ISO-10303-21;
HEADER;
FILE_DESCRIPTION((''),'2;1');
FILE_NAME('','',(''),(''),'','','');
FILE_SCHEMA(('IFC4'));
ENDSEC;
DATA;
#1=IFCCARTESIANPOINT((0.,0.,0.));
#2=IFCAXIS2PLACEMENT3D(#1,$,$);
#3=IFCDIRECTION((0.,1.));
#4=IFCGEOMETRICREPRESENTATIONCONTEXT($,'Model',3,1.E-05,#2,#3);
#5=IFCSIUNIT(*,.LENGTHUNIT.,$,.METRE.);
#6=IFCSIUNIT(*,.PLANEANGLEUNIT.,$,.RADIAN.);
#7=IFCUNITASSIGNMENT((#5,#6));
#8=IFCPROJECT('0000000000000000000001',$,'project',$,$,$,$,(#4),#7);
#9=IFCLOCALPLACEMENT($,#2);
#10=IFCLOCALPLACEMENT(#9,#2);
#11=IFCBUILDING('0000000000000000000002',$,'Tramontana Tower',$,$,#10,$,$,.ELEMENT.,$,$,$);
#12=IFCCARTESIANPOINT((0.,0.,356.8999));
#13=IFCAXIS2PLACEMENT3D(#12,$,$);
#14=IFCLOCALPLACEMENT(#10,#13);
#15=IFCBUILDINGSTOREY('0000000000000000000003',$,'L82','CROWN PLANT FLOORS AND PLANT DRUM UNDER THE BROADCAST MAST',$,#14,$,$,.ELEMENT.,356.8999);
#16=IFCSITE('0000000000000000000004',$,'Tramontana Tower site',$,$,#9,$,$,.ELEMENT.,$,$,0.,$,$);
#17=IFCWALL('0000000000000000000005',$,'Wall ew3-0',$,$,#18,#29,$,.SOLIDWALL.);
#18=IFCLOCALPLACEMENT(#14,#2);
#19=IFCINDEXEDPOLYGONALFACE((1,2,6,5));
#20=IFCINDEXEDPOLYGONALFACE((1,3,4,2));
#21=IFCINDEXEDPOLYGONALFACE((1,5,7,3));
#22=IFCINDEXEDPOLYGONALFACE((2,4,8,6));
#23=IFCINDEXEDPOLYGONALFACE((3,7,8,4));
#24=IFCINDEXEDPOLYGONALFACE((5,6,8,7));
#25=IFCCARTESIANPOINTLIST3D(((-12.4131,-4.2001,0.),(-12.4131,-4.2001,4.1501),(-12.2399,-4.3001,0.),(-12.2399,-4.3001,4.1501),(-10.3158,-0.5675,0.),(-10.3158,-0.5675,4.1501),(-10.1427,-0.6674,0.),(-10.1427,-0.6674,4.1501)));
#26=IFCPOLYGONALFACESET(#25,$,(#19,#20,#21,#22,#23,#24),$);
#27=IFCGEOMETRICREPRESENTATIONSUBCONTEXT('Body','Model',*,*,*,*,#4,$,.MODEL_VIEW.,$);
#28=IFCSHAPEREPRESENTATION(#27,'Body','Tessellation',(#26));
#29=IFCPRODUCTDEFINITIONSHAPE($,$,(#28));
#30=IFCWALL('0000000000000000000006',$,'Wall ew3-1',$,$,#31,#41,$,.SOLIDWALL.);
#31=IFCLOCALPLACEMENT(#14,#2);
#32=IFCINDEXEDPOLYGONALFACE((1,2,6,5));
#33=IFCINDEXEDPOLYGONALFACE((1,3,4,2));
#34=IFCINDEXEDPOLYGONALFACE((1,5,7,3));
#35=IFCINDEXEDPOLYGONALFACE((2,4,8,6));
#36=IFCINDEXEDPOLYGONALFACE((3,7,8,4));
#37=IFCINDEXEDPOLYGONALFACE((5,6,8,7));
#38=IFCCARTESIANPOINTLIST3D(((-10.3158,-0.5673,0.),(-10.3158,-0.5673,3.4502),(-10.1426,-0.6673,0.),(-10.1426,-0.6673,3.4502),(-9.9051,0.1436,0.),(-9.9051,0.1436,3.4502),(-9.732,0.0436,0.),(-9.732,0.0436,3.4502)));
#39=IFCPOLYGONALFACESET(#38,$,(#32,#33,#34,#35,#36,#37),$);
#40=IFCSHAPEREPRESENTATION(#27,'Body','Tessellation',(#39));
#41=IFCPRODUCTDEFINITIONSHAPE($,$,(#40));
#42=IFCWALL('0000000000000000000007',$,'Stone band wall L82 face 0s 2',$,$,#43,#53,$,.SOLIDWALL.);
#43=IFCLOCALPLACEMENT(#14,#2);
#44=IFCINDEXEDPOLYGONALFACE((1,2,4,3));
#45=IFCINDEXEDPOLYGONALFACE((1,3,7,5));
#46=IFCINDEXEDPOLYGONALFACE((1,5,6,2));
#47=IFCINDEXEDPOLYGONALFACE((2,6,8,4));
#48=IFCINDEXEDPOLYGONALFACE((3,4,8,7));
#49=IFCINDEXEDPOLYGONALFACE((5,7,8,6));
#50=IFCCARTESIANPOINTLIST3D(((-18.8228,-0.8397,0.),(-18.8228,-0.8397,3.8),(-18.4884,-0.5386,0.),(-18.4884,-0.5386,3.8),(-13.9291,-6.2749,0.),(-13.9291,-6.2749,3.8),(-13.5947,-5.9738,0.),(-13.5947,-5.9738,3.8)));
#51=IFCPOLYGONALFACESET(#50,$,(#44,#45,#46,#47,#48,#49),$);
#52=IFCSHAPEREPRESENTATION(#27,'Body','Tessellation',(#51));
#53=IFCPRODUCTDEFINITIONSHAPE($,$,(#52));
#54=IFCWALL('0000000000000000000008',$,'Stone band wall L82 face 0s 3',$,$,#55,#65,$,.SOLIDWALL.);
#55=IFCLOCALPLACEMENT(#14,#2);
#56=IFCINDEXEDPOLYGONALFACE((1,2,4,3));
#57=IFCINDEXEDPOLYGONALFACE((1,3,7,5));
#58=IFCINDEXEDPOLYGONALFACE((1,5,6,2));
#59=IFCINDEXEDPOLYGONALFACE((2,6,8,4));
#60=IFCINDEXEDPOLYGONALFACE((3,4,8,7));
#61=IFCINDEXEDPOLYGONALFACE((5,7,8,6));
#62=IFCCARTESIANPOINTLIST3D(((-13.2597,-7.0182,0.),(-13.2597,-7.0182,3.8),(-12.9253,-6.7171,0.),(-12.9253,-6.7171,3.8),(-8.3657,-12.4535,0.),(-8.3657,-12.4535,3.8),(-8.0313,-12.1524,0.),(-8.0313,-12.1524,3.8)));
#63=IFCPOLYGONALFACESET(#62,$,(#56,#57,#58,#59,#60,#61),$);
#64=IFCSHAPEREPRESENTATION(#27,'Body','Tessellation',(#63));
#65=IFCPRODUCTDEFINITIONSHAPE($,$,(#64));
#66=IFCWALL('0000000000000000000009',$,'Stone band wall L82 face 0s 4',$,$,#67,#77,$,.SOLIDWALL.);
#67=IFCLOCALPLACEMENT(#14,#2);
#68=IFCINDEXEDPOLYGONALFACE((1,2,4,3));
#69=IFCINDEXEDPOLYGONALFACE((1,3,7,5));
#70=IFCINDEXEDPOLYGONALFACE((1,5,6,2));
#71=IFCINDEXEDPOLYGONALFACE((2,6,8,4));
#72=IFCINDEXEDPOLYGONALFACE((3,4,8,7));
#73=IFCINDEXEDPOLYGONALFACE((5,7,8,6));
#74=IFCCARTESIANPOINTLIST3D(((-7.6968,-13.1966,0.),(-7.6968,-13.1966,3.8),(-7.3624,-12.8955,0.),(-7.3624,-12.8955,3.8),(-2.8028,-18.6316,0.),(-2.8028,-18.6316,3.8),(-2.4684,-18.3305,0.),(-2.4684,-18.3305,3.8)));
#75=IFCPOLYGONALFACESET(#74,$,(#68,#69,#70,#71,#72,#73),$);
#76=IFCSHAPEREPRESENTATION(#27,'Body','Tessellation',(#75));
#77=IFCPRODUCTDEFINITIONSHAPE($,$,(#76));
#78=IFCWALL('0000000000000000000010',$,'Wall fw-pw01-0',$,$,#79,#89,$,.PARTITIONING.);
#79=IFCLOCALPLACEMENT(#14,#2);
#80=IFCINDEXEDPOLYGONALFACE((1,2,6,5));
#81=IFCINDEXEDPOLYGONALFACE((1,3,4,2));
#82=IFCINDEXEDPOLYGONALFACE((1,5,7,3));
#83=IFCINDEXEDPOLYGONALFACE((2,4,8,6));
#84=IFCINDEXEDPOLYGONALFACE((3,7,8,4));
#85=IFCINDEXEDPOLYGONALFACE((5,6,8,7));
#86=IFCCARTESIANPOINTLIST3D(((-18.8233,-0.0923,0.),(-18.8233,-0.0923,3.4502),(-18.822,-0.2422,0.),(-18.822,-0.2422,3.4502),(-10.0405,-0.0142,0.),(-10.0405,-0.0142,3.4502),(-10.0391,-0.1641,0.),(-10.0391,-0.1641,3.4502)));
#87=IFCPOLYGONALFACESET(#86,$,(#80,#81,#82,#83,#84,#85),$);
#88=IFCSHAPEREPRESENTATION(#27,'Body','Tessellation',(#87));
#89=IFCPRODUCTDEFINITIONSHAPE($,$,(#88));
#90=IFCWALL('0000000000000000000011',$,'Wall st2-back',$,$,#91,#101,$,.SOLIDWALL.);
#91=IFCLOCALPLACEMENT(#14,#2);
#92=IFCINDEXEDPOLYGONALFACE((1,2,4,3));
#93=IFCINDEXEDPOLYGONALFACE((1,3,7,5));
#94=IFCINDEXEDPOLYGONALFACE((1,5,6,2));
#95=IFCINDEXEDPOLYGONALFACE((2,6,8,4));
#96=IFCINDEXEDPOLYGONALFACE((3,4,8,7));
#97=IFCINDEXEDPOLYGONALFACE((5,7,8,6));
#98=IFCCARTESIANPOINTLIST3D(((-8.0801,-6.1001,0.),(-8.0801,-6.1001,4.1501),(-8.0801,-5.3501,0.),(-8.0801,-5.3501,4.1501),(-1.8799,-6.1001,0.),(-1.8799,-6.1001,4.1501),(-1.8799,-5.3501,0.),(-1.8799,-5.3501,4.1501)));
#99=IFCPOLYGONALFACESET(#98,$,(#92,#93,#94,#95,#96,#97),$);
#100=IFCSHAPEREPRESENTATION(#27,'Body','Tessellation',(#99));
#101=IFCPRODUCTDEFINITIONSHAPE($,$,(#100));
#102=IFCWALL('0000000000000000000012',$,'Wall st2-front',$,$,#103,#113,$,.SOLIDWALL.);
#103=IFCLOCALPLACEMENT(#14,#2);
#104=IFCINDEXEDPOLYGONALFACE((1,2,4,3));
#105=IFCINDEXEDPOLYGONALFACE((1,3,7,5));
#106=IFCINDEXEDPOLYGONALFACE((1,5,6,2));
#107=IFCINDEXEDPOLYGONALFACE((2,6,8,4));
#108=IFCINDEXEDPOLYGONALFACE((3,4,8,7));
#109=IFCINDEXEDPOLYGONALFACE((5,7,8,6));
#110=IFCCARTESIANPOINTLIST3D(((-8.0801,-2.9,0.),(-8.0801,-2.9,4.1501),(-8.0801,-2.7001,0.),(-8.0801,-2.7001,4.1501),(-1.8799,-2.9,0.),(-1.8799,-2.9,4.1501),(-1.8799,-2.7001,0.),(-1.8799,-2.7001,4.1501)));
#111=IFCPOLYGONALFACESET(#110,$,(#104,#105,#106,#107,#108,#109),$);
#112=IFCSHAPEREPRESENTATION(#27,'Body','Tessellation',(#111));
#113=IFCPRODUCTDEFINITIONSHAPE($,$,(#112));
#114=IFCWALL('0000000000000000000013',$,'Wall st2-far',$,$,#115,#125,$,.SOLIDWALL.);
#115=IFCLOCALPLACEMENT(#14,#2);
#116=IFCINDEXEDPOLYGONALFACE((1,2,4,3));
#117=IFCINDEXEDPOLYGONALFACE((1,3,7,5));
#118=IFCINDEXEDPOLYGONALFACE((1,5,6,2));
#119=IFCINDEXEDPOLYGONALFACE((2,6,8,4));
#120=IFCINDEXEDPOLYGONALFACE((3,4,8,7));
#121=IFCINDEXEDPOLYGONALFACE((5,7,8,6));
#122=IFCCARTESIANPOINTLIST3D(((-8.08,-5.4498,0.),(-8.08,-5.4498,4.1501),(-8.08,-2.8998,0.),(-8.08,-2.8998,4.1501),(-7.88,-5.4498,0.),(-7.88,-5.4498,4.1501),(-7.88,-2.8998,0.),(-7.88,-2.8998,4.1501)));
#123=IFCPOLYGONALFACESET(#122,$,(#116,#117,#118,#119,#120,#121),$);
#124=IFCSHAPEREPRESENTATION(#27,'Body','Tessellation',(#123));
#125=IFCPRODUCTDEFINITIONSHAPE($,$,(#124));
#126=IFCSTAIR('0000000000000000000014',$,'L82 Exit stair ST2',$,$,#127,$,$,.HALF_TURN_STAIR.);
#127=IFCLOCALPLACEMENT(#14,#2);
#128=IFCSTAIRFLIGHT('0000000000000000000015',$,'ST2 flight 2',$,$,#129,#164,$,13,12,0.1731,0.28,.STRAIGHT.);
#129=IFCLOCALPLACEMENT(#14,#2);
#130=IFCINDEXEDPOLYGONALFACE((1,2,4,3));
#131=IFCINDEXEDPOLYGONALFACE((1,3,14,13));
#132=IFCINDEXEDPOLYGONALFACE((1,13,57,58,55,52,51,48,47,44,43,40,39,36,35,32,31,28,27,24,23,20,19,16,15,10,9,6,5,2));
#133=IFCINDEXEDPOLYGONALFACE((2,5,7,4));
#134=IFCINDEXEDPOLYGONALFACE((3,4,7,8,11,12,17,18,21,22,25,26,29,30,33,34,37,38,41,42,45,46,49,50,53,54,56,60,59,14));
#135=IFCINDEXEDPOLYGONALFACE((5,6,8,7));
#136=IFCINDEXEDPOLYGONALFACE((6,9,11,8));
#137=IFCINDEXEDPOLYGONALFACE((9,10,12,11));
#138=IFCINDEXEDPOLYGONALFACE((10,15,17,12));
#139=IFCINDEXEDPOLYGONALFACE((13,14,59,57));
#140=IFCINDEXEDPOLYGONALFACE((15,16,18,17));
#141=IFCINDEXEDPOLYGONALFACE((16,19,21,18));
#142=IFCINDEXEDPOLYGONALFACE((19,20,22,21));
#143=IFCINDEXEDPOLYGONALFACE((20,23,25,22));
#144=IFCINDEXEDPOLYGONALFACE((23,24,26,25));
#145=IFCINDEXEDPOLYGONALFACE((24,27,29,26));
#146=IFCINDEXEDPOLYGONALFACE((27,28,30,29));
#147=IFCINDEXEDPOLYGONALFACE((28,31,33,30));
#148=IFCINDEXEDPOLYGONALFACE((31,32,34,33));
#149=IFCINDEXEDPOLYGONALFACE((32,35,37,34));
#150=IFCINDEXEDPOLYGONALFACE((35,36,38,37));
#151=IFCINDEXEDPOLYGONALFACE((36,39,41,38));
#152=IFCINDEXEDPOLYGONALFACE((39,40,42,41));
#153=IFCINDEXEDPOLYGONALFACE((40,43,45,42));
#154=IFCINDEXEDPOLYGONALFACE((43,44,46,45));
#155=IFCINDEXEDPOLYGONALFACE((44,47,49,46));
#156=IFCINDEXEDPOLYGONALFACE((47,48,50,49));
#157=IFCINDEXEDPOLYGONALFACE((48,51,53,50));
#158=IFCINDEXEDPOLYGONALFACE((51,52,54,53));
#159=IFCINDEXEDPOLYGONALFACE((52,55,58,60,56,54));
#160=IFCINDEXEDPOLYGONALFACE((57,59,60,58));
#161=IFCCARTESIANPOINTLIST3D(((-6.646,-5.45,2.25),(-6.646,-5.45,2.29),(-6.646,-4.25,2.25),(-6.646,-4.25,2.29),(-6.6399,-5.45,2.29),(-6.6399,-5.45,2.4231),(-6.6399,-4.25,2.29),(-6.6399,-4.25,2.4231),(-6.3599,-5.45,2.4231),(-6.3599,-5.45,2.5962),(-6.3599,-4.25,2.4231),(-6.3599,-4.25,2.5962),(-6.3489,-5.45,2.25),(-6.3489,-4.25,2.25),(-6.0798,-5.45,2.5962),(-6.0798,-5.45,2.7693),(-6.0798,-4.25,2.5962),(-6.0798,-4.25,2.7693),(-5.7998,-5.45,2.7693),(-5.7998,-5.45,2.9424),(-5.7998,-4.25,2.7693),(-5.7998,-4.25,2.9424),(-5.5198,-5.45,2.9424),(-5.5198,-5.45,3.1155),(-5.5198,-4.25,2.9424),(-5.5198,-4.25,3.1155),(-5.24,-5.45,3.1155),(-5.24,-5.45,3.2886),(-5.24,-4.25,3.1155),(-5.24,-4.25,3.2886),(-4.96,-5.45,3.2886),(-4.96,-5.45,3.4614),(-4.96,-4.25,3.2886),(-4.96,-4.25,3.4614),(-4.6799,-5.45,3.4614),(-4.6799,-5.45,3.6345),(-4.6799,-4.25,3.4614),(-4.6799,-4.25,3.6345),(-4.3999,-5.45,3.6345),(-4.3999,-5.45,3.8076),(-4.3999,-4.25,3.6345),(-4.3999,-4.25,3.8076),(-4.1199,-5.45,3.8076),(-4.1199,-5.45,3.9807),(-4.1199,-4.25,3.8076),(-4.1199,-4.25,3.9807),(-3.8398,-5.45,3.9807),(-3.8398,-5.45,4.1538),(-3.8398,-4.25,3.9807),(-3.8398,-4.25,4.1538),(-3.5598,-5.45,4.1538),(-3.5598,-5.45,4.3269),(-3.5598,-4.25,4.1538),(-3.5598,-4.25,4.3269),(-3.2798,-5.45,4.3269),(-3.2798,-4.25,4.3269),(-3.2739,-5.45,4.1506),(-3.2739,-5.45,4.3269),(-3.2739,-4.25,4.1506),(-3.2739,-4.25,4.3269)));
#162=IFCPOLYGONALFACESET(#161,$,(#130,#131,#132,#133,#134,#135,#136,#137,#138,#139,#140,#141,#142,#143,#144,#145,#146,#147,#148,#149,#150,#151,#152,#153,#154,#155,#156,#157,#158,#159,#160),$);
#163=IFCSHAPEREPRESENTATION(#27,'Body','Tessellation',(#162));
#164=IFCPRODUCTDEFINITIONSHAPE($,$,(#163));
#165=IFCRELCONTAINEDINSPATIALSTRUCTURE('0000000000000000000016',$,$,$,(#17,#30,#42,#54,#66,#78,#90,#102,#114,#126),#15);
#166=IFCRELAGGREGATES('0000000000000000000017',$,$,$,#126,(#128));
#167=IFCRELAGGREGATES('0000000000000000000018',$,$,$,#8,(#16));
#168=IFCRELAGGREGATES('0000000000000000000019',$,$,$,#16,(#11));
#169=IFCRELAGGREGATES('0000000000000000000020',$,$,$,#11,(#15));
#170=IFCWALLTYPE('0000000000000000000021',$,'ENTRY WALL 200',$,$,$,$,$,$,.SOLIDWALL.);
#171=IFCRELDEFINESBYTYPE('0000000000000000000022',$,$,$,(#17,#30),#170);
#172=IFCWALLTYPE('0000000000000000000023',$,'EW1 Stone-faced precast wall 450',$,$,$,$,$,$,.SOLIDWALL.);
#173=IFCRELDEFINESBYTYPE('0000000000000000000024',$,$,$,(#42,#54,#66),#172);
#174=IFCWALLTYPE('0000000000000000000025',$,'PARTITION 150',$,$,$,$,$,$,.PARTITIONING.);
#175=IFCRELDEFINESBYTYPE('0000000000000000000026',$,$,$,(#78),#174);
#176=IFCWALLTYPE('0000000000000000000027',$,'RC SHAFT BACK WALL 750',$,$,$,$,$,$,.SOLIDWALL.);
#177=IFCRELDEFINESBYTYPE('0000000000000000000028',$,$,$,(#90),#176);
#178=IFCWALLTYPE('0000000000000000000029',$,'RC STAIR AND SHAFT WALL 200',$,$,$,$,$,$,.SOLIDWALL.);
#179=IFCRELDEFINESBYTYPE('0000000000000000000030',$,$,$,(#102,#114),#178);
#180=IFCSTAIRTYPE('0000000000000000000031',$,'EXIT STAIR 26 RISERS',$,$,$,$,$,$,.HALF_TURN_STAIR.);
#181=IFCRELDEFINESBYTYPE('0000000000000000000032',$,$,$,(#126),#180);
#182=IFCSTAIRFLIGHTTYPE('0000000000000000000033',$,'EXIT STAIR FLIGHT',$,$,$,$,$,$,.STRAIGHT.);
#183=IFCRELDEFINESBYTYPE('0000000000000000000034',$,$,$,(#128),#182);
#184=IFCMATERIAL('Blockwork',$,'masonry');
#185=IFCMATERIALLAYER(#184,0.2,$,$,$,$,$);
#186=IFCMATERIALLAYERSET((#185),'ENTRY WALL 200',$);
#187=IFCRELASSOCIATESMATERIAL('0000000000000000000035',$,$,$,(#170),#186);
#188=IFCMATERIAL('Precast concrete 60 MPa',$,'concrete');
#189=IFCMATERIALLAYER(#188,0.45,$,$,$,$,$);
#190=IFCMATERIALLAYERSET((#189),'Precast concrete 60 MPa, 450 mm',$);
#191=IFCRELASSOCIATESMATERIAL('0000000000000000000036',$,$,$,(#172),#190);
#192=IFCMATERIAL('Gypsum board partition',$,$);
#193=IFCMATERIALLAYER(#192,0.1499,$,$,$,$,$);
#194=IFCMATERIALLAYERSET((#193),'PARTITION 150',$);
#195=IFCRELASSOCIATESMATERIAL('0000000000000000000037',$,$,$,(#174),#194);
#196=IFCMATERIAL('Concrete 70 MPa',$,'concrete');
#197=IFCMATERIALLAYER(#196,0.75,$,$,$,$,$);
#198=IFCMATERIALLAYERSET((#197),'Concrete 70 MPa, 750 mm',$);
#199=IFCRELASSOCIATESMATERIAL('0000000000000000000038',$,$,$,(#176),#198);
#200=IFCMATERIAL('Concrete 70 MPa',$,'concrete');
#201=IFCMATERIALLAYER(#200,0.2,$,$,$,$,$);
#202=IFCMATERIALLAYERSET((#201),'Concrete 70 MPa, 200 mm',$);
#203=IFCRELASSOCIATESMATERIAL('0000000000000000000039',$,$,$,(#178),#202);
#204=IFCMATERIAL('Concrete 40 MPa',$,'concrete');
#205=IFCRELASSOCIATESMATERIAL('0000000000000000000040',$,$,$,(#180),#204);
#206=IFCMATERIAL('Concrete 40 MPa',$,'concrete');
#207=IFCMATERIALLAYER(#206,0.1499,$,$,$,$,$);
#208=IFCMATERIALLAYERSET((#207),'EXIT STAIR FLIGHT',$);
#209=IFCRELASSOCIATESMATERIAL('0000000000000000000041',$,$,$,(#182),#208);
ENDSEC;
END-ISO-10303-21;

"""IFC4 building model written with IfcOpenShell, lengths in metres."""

from ifc_helpers import new_model, si_unit, direction, frame, frame_2d, origin, place, context, subcontext, project, spatial, polyline, rectangle, outline, extrude, material, layer, layer_set, type_object, element, aggregate, save


model = new_model("IFC4")

# Units and contexts
model_context = context("Model", 3, precision=1e-05, world=origin(), true_north=direction((0.0, 1.0)))
body_context = subcontext(model_context, "Body", "Model", "MODEL_VIEW")
ifc_project = project(units=[si_unit("LENGTHUNIT", "METRE"), si_unit("PLANEANGLEUNIT", "RADIAN")], contexts=[model_context])

# Site, building, storey
site_placement = place(None, origin())
site = spatial("IfcSite", under=ifc_project, at=site_placement, Name="Tramontana Tower site", CompositionType="ELEMENT", RefElevation=0.0)
building_placement = place(site_placement, origin())
building = spatial("IfcBuilding", under=site, at=building_placement, Name="Tramontana Tower", CompositionType="ELEMENT")
storey_placement = place(building_placement, frame((0.0, 0.0, 356.8999)))
storey = spatial("IfcBuildingStorey", under=building, at=storey_placement, Name="L82", Description="CROWN PLANT FLOORS AND PLANT DRUM UNDER THE BROADCAST MAST", CompositionType="ELEMENT", Elevation=356.8999)

# Walls
ifc_material_1 = material(Name="Blockwork", Category="masonry")
ifc_layer_1 = layer(ifc_material_1, 0.2)
ifc_layer_set_1 = layer_set([ifc_layer_1], Name="ENTRY WALL 200")
wall_type_1 = type_object("IfcWallType", Name="ENTRY WALL 200", PredefinedType="SOLIDWALL", material=ifc_layer_set_1)
wall_1_placement = place(storey_placement, frame((-12.3264, -4.25, 0.0), z_axis=(0.0, 0.0, 1.0), x_axis=(0.499983, 0.866035, 0.0)))
element("IfcWall", 1, at=wall_1_placement, inside=storey, type_object=wall_type_1, Name="Wall ew3-0", PredefinedType="SOLIDWALL", context=body_context, shape_type="SweptSolid", body=[
    extrude(rectangle(XDim=4.1946, YDim=0.2, at=frame_2d((2.0972, 0.0))), origin(), (0.0, 0.0, 1.0), 4.1501),
])
wall_2_placement = place(storey_placement, frame((-10.2292, -0.6174, 0.0), z_axis=(0.0, 0.0, 1.0), x_axis=(0.500169, 0.865928, 0.0)))
element("IfcWall", 2, at=wall_2_placement, inside=storey, type_object=wall_type_1, Name="Wall ew3-1", PredefinedType="SOLIDWALL", context=body_context, shape_type="SweptSolid", body=[
    extrude(rectangle(XDim=0.821, YDim=0.2, at=frame_2d((0.4106, 0.0))), origin(), (0.0, 0.0, 1.0), 3.4502),
])
ifc_material_2 = material(Name="Precast concrete 60 MPa", Category="concrete")
ifc_layer_2 = layer(ifc_material_2, 0.45)
ifc_layer_set_2 = layer_set([ifc_layer_2], Name="Precast concrete 60 MPa, 450 mm")
wall_type_2 = type_object("IfcWallType", Name="EW1 Stone-faced precast wall 450", PredefinedType="SOLIDWALL", material=ifc_layer_set_2)
wall_3_placement = place(storey_placement, frame((-18.6555, -0.6892, 0.0), z_axis=(0.0, 0.0, 1.0), x_axis=(0.669118, -0.743156, 0.0)))
element("IfcWall", 3, at=wall_3_placement, inside=storey, type_object=wall_type_2, Name="Stone band wall L82 face 0s 2", PredefinedType="SOLIDWALL", context=body_context, shape_type="SweptSolid", body=[
    extrude(rectangle(XDim=7.3137, YDim=0.45, at=frame_2d((3.6567, 0.0))), origin(), (0.0, 0.0, 1.0), 3.8),
])
wall_4_placement = place(storey_placement, frame((-13.0925, -6.8677, 0.0), z_axis=(0.0, 0.0, 1.0), x_axis=(0.669136, -0.74314, 0.0)))
element("IfcWall", 4, at=wall_4_placement, inside=storey, type_object=wall_type_2, Name="Stone band wall L82 face 0s 3", PredefinedType="SOLIDWALL", context=body_context, shape_type="SweptSolid", body=[
    extrude(rectangle(XDim=7.314, YDim=0.45, at=frame_2d((3.657, 0.0))), origin(), (0.0, 0.0, 1.0), 3.8),
])
wall_5_placement = place(storey_placement, frame((-7.5295, -13.0461, 0.0), z_axis=(0.0, 0.0, 1.0), x_axis=(0.669153, -0.743125, 0.0)))
element("IfcWall", 5, at=wall_5_placement, inside=storey, type_object=wall_type_2, Name="Stone band wall L82 face 0s 4", PredefinedType="SOLIDWALL", context=body_context, shape_type="SweptSolid", body=[
    extrude(rectangle(XDim=7.3137, YDim=0.45, at=frame_2d((3.6567, 0.0))), origin(), (0.0, 0.0, 1.0), 3.8),
])
ifc_material_3 = material(Name="Gypsum board partition")
ifc_layer_3 = layer(ifc_material_3, 0.1499)
ifc_layer_set_3 = layer_set([ifc_layer_3], Name="PARTITION 150")
wall_type_3 = type_object("IfcWallType", Name="PARTITION 150", PredefinedType="PARTITIONING", material=ifc_layer_set_3)
wall_6_placement = place(storey_placement, frame((-10.0398, -0.0891, 0.0), z_axis=(0.0, 0.0, 1.0), x_axis=(-0.99996, -0.008895, 0.0)))
element("IfcWall", 6, at=wall_6_placement, inside=storey, type_object=wall_type_3, Name="Wall fw-pw01-0", PredefinedType="PARTITIONING", context=body_context, shape_type="SweptSolid", body=[
    extrude(rectangle(XDim=8.7832, YDim=0.1499, at=frame_2d((4.3916, 0.0))), origin(), (0.0, 0.0, 1.0), 3.4502),
])
ifc_material_4 = material(Name="Concrete 70 MPa", Category="concrete")
ifc_layer_4 = layer(ifc_material_4, 0.75)
ifc_layer_set_4 = layer_set([ifc_layer_4], Name="Concrete 70 MPa, 750 mm")
wall_type_4 = type_object("IfcWallType", Name="RC SHAFT BACK WALL 750", PredefinedType="SOLIDWALL", material=ifc_layer_set_4)
wall_7_placement = place(storey_placement, frame((-8.0801, -5.7251, 0.0), z_axis=(0.0, 0.0, 1.0), x_axis=(1.0, 0.0, 0.0)))
element("IfcWall", 7, at=wall_7_placement, inside=storey, type_object=wall_type_4, Name="Wall st2-back", PredefinedType="SOLIDWALL", context=body_context, shape_type="SweptSolid", body=[
    extrude(rectangle(XDim=6.2002, YDim=0.75, at=frame_2d((3.1001, 0.0))), origin(), (0.0, 0.0, 1.0), 4.1501),
])
ifc_material_5 = material(Name="Concrete 70 MPa", Category="concrete")
ifc_layer_5 = layer(ifc_material_5, 0.2)
ifc_layer_set_5 = layer_set([ifc_layer_5], Name="Concrete 70 MPa, 200 mm")
wall_type_5 = type_object("IfcWallType", Name="RC STAIR AND SHAFT WALL 200", PredefinedType="SOLIDWALL", material=ifc_layer_set_5)
wall_8_placement = place(storey_placement, frame((-8.0801, -2.8, 0.0), z_axis=(0.0, 0.0, 1.0), x_axis=(1.0, 0.0, 0.0)))
element("IfcWall", 8, at=wall_8_placement, inside=storey, type_object=wall_type_5, Name="Wall st2-front", PredefinedType="SOLIDWALL", context=body_context, shape_type="SweptSolid", body=[
    extrude(rectangle(XDim=6.2002, YDim=0.2, at=frame_2d((3.1001, 0.0))), origin(), (0.0, 0.0, 1.0), 4.1501),
])
wall_9_placement = place(storey_placement, frame((-7.98, -2.8999, 0.0), z_axis=(0.0, 0.0, 1.0), x_axis=(0.0, -1.0, 0.0)))
element("IfcWall", 9, at=wall_9_placement, inside=storey, type_object=wall_type_5, Name="Wall st2-far", PredefinedType="SOLIDWALL", context=body_context, shape_type="SweptSolid", body=[
    extrude(rectangle(XDim=2.55, YDim=0.2, at=frame_2d((1.2749, 0.0))), origin(), (0.0, 0.0, 1.0), 4.1501),
])

# Stair, stair flight
ifc_material_6 = material(Name="Concrete 40 MPa", Category="concrete")
stair_type = type_object("IfcStairType", Name="EXIT STAIR 26 RISERS", PredefinedType="HALF_TURN_STAIR", material=ifc_material_6)
stair_placement = place(storey_placement, origin())
stair = element("IfcStair", 10, at=stair_placement, inside=storey, type_object=stair_type, Name="L82 Exit stair ST2", PredefinedType="HALF_TURN_STAIR")
ifc_material_7 = material(Name="Concrete 40 MPa", Category="concrete")
ifc_layer_6 = layer(ifc_material_7, 0.1499)
ifc_layer_set_6 = layer_set([ifc_layer_6], Name="EXIT STAIR FLIGHT")
stair_flight_type = type_object("IfcStairFlightType", Name="EXIT STAIR FLIGHT", PredefinedType="STRAIGHT", material=ifc_layer_set_6)
stair_flight_placement = place(storey_placement, frame((-6.6399, -4.8501, 2.25), z_axis=(0.0, 0.0, 1.0), x_axis=(1.0, 0.0, 0.0)))
stair_flight = element("IfcStairFlight", 11, at=stair_flight_placement, type_object=stair_flight_type, Name="ST2 flight 2", NumberOfRisers=13, NumberOfTreads=12, PredefinedType="STRAIGHT", RiserHeight=0.1731, TreadLength=0.28, context=body_context, shape_type="SweptSolid", body=[
    extrude(outline(polyline([(-0.0061, 0.0), (-0.0061, 0.04), (0.0, 0.04), (0.0, 0.1731), (0.28, 0.1731), (0.28, 0.3462), (0.5601, 0.3462), (0.5601, 0.5193), (0.8401, 0.5193), (0.8401, 0.6924), (1.1201, 0.6924), (1.1201, 0.8655), (1.3999, 0.8655), (1.3999, 1.0386), (1.6799, 1.0386), (1.6799, 1.2114), (1.96, 1.2114), (1.96, 1.3845), (2.24, 1.3845), (2.24, 1.5576), (2.52, 1.5576), (2.52, 1.7307), (2.8, 1.7307), (2.8, 1.9038), (3.0801, 1.9038), (3.0801, 2.0769), (3.3601, 2.0769), (3.366, 2.0769), (3.366, 1.9006), (0.291, 0.0), (-0.0061, 0.0)])), frame((0.0, 0.6001, 0.0), z_axis=(0.0, -1.0, 0.0), x_axis=(1.0, 0.0, 0.0)), (0.0, 0.0, 1.0), 1.2),
])
aggregate(stair, [stair_flight])

save(model, "model.ifc")
